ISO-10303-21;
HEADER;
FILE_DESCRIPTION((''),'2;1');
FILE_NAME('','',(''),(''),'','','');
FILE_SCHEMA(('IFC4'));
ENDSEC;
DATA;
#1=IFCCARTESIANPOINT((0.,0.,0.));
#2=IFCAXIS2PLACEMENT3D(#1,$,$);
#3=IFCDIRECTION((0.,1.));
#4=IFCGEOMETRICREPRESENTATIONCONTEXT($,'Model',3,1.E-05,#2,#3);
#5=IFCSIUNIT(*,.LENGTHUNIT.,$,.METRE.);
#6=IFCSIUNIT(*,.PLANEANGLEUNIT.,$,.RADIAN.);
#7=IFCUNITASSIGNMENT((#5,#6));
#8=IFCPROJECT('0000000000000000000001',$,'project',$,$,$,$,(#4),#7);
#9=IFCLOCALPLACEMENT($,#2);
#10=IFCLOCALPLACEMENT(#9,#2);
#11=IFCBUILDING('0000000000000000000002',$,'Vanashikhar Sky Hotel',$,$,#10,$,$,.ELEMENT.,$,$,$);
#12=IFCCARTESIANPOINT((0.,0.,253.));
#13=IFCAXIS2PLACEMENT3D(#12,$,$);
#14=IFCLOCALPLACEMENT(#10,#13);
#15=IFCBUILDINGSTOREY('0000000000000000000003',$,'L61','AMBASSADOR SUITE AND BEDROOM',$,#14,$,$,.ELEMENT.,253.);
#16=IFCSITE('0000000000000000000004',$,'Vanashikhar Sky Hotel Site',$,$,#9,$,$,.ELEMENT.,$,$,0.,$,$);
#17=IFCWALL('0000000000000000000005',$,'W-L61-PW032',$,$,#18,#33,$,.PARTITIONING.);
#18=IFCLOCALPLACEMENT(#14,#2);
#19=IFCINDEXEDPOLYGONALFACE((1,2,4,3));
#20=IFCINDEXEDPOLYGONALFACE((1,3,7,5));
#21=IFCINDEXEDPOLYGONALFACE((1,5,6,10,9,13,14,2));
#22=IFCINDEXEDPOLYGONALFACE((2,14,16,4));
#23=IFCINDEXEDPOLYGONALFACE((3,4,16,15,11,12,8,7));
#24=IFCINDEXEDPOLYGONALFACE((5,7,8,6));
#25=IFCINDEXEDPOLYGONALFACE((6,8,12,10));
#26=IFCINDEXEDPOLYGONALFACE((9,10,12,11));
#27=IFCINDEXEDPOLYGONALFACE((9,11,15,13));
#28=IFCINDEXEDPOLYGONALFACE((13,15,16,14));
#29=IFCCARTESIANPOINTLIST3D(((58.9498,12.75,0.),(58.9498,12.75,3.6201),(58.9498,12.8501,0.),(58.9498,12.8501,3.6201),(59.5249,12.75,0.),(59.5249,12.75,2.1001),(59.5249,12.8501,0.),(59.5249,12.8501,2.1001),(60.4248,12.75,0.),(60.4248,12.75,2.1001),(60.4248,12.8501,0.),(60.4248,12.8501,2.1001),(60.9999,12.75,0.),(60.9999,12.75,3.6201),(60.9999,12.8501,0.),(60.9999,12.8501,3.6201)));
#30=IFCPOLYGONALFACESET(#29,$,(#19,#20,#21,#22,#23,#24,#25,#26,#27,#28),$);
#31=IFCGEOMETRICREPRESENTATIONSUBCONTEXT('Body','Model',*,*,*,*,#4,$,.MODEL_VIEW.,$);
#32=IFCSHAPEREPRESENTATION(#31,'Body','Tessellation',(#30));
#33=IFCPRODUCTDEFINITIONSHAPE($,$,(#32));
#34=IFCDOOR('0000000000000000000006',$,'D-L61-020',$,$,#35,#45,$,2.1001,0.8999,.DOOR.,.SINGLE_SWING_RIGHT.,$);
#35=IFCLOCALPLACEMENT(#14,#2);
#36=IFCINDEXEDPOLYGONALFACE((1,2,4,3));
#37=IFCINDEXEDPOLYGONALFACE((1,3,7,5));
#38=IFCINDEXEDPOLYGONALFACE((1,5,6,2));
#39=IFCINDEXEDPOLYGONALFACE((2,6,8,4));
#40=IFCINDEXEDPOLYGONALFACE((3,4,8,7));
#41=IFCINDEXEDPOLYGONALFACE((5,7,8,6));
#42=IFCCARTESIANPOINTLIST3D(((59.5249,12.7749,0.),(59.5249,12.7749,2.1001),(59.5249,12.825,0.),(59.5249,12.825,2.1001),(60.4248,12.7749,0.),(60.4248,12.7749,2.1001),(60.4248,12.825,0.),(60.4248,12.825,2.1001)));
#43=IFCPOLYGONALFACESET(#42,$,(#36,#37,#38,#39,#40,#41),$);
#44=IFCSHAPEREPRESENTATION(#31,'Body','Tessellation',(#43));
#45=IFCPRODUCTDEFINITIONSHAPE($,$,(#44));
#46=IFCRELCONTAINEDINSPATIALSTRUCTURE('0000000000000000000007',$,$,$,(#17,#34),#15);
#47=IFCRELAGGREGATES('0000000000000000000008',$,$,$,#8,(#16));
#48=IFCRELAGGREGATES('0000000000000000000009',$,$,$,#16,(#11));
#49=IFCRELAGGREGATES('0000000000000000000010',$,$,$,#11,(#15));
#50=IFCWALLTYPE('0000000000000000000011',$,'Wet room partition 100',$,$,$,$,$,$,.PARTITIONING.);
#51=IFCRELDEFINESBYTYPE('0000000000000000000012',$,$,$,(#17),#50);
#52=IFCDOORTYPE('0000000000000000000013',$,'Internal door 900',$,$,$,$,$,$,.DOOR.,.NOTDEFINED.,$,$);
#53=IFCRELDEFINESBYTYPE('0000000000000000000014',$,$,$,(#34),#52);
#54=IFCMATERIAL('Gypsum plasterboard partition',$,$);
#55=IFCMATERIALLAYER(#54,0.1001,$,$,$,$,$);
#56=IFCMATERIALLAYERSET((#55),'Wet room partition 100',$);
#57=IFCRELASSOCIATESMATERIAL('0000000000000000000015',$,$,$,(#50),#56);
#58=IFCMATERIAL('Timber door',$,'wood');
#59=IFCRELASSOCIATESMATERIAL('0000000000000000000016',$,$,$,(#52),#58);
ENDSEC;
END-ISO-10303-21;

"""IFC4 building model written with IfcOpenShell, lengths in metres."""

from ifc_helpers import new_model, si_unit, direction, frame, frame_2d, origin, place, context, subcontext, project, spatial, rectangle, extrude, source, transform, mapped, material, layer, layer_set, type_object, element, fill, save


model = new_model("IFC4")

# Units and contexts
model_context = context("Model", 3, precision=1e-05, world=origin(), true_north=direction((0.0, 1.0)))
body_context = subcontext(model_context, "Body", "Model", "MODEL_VIEW")
ifc_project = project(units=[si_unit("LENGTHUNIT", "METRE"), si_unit("PLANEANGLEUNIT", "RADIAN")], contexts=[model_context])

# Site, building, storey
site_placement = place(None, origin())
site = spatial("IfcSite", under=ifc_project, at=site_placement, Name="Vanashikhar Sky Hotel Site", CompositionType="ELEMENT", RefElevation=0.0)
building_placement = place(site_placement, origin())
building = spatial("IfcBuilding", under=site, at=building_placement, Name="Vanashikhar Sky Hotel", CompositionType="ELEMENT")
storey_placement = place(building_placement, frame((0.0, 0.0, 253.0)))
storey = spatial("IfcBuildingStorey", under=building, at=storey_placement, Name="L61", Description="AMBASSADOR SUITE AND BEDROOM", CompositionType="ELEMENT", Elevation=253.0)

# Shared definitions
ifc_material_1 = material(Name="Gypsum plasterboard partition")
ifc_layer_1 = layer(ifc_material_1, 0.1001)
ifc_layer_set_1 = layer_set([ifc_layer_1], Name="Wet room partition 100")
wall_type_1 = type_object("IfcWallType", Name="Wet room partition 100", PredefinedType="PARTITIONING", material=ifc_layer_set_1)
shared_shape_1 = source(origin(), body_context, "Body", "SweptSolid", [
    extrude(rectangle(XDim=0.8999, YDim=2.1001, at=frame_2d((0.45, 1.05))), frame((0.0, 0.0601, 0.0), z_axis=(0.0, -1.0, 0.0), x_axis=(1.0, 0.0, 0.0)), (0.0, 0.0, 1.0), 0.1201),
])
ifc_material_2 = material(Name="Timber door", Category="wood")
door_type_1 = type_object("IfcDoorType", Name="Internal door 900", OperationType="NOTDEFINED", PredefinedType="DOOR", material=ifc_material_2)
shared_shape_2 = source(origin(), body_context, "Body", "SweptSolid", [
    extrude(rectangle(XDim=0.8999, YDim=2.1001, at=frame_2d((0.45, 1.05))), frame((0.0, 0.0249, 0.0), z_axis=(0.0, -1.0, 0.0), x_axis=(1.0, 0.0, 0.0)), (0.0, 0.0, 1.0), 0.05),
])

# Wall, opening, door
shared_shape_3 = source(origin(), body_context, "Body", "SweptSolid", [
    extrude(rectangle(XDim=2.05, YDim=0.1001, at=frame_2d((1.0249, 0.0))), origin(), (0.0, 0.0, 1.0), 3.6201),
])
wall_1_placement = place(storey_placement, frame((58.95, 12.8, 0.0), z_axis=(0.0, 0.0, 1.0), x_axis=(1.0, 0.0, 0.0)))
wall_1 = element("IfcWall", 1, at=wall_1_placement, inside=storey, type_object=wall_type_1, Name="W-L61-PW032", PredefinedType="PARTITIONING", context=body_context, shape_type="MappedRepresentation", body=[
    mapped(shared_shape_3, transform((0.0, 0.0, 0.0), scale=1.0)),
])
opening_1_placement = place(wall_1_placement, frame((0.575, 0.0, 0.0)))
opening_1 = element("IfcOpeningElement", 2, at=opening_1_placement, cuts=wall_1, PredefinedType="OPENING", context=body_context, shape_type="MappedRepresentation", body=[
    mapped(shared_shape_1, transform((0.0, 0.0, 0.0), scale=1.0)),
])
door_1_placement = place(opening_1_placement, origin())
door_1 = element("IfcDoor", 3, at=door_1_placement, inside=storey, type_object=door_type_1, Name="D-L61-020", OperationType="SINGLE_SWING_RIGHT", OverallHeight=2.1001, OverallWidth=0.8999, PredefinedType="DOOR", context=body_context, shape_type="MappedRepresentation", body=[
    mapped(shared_shape_2, transform((0.0, 0.0, 0.0), scale=1.0)),
])
fill(opening_1, door_1)

save(model, "model.ifc")
